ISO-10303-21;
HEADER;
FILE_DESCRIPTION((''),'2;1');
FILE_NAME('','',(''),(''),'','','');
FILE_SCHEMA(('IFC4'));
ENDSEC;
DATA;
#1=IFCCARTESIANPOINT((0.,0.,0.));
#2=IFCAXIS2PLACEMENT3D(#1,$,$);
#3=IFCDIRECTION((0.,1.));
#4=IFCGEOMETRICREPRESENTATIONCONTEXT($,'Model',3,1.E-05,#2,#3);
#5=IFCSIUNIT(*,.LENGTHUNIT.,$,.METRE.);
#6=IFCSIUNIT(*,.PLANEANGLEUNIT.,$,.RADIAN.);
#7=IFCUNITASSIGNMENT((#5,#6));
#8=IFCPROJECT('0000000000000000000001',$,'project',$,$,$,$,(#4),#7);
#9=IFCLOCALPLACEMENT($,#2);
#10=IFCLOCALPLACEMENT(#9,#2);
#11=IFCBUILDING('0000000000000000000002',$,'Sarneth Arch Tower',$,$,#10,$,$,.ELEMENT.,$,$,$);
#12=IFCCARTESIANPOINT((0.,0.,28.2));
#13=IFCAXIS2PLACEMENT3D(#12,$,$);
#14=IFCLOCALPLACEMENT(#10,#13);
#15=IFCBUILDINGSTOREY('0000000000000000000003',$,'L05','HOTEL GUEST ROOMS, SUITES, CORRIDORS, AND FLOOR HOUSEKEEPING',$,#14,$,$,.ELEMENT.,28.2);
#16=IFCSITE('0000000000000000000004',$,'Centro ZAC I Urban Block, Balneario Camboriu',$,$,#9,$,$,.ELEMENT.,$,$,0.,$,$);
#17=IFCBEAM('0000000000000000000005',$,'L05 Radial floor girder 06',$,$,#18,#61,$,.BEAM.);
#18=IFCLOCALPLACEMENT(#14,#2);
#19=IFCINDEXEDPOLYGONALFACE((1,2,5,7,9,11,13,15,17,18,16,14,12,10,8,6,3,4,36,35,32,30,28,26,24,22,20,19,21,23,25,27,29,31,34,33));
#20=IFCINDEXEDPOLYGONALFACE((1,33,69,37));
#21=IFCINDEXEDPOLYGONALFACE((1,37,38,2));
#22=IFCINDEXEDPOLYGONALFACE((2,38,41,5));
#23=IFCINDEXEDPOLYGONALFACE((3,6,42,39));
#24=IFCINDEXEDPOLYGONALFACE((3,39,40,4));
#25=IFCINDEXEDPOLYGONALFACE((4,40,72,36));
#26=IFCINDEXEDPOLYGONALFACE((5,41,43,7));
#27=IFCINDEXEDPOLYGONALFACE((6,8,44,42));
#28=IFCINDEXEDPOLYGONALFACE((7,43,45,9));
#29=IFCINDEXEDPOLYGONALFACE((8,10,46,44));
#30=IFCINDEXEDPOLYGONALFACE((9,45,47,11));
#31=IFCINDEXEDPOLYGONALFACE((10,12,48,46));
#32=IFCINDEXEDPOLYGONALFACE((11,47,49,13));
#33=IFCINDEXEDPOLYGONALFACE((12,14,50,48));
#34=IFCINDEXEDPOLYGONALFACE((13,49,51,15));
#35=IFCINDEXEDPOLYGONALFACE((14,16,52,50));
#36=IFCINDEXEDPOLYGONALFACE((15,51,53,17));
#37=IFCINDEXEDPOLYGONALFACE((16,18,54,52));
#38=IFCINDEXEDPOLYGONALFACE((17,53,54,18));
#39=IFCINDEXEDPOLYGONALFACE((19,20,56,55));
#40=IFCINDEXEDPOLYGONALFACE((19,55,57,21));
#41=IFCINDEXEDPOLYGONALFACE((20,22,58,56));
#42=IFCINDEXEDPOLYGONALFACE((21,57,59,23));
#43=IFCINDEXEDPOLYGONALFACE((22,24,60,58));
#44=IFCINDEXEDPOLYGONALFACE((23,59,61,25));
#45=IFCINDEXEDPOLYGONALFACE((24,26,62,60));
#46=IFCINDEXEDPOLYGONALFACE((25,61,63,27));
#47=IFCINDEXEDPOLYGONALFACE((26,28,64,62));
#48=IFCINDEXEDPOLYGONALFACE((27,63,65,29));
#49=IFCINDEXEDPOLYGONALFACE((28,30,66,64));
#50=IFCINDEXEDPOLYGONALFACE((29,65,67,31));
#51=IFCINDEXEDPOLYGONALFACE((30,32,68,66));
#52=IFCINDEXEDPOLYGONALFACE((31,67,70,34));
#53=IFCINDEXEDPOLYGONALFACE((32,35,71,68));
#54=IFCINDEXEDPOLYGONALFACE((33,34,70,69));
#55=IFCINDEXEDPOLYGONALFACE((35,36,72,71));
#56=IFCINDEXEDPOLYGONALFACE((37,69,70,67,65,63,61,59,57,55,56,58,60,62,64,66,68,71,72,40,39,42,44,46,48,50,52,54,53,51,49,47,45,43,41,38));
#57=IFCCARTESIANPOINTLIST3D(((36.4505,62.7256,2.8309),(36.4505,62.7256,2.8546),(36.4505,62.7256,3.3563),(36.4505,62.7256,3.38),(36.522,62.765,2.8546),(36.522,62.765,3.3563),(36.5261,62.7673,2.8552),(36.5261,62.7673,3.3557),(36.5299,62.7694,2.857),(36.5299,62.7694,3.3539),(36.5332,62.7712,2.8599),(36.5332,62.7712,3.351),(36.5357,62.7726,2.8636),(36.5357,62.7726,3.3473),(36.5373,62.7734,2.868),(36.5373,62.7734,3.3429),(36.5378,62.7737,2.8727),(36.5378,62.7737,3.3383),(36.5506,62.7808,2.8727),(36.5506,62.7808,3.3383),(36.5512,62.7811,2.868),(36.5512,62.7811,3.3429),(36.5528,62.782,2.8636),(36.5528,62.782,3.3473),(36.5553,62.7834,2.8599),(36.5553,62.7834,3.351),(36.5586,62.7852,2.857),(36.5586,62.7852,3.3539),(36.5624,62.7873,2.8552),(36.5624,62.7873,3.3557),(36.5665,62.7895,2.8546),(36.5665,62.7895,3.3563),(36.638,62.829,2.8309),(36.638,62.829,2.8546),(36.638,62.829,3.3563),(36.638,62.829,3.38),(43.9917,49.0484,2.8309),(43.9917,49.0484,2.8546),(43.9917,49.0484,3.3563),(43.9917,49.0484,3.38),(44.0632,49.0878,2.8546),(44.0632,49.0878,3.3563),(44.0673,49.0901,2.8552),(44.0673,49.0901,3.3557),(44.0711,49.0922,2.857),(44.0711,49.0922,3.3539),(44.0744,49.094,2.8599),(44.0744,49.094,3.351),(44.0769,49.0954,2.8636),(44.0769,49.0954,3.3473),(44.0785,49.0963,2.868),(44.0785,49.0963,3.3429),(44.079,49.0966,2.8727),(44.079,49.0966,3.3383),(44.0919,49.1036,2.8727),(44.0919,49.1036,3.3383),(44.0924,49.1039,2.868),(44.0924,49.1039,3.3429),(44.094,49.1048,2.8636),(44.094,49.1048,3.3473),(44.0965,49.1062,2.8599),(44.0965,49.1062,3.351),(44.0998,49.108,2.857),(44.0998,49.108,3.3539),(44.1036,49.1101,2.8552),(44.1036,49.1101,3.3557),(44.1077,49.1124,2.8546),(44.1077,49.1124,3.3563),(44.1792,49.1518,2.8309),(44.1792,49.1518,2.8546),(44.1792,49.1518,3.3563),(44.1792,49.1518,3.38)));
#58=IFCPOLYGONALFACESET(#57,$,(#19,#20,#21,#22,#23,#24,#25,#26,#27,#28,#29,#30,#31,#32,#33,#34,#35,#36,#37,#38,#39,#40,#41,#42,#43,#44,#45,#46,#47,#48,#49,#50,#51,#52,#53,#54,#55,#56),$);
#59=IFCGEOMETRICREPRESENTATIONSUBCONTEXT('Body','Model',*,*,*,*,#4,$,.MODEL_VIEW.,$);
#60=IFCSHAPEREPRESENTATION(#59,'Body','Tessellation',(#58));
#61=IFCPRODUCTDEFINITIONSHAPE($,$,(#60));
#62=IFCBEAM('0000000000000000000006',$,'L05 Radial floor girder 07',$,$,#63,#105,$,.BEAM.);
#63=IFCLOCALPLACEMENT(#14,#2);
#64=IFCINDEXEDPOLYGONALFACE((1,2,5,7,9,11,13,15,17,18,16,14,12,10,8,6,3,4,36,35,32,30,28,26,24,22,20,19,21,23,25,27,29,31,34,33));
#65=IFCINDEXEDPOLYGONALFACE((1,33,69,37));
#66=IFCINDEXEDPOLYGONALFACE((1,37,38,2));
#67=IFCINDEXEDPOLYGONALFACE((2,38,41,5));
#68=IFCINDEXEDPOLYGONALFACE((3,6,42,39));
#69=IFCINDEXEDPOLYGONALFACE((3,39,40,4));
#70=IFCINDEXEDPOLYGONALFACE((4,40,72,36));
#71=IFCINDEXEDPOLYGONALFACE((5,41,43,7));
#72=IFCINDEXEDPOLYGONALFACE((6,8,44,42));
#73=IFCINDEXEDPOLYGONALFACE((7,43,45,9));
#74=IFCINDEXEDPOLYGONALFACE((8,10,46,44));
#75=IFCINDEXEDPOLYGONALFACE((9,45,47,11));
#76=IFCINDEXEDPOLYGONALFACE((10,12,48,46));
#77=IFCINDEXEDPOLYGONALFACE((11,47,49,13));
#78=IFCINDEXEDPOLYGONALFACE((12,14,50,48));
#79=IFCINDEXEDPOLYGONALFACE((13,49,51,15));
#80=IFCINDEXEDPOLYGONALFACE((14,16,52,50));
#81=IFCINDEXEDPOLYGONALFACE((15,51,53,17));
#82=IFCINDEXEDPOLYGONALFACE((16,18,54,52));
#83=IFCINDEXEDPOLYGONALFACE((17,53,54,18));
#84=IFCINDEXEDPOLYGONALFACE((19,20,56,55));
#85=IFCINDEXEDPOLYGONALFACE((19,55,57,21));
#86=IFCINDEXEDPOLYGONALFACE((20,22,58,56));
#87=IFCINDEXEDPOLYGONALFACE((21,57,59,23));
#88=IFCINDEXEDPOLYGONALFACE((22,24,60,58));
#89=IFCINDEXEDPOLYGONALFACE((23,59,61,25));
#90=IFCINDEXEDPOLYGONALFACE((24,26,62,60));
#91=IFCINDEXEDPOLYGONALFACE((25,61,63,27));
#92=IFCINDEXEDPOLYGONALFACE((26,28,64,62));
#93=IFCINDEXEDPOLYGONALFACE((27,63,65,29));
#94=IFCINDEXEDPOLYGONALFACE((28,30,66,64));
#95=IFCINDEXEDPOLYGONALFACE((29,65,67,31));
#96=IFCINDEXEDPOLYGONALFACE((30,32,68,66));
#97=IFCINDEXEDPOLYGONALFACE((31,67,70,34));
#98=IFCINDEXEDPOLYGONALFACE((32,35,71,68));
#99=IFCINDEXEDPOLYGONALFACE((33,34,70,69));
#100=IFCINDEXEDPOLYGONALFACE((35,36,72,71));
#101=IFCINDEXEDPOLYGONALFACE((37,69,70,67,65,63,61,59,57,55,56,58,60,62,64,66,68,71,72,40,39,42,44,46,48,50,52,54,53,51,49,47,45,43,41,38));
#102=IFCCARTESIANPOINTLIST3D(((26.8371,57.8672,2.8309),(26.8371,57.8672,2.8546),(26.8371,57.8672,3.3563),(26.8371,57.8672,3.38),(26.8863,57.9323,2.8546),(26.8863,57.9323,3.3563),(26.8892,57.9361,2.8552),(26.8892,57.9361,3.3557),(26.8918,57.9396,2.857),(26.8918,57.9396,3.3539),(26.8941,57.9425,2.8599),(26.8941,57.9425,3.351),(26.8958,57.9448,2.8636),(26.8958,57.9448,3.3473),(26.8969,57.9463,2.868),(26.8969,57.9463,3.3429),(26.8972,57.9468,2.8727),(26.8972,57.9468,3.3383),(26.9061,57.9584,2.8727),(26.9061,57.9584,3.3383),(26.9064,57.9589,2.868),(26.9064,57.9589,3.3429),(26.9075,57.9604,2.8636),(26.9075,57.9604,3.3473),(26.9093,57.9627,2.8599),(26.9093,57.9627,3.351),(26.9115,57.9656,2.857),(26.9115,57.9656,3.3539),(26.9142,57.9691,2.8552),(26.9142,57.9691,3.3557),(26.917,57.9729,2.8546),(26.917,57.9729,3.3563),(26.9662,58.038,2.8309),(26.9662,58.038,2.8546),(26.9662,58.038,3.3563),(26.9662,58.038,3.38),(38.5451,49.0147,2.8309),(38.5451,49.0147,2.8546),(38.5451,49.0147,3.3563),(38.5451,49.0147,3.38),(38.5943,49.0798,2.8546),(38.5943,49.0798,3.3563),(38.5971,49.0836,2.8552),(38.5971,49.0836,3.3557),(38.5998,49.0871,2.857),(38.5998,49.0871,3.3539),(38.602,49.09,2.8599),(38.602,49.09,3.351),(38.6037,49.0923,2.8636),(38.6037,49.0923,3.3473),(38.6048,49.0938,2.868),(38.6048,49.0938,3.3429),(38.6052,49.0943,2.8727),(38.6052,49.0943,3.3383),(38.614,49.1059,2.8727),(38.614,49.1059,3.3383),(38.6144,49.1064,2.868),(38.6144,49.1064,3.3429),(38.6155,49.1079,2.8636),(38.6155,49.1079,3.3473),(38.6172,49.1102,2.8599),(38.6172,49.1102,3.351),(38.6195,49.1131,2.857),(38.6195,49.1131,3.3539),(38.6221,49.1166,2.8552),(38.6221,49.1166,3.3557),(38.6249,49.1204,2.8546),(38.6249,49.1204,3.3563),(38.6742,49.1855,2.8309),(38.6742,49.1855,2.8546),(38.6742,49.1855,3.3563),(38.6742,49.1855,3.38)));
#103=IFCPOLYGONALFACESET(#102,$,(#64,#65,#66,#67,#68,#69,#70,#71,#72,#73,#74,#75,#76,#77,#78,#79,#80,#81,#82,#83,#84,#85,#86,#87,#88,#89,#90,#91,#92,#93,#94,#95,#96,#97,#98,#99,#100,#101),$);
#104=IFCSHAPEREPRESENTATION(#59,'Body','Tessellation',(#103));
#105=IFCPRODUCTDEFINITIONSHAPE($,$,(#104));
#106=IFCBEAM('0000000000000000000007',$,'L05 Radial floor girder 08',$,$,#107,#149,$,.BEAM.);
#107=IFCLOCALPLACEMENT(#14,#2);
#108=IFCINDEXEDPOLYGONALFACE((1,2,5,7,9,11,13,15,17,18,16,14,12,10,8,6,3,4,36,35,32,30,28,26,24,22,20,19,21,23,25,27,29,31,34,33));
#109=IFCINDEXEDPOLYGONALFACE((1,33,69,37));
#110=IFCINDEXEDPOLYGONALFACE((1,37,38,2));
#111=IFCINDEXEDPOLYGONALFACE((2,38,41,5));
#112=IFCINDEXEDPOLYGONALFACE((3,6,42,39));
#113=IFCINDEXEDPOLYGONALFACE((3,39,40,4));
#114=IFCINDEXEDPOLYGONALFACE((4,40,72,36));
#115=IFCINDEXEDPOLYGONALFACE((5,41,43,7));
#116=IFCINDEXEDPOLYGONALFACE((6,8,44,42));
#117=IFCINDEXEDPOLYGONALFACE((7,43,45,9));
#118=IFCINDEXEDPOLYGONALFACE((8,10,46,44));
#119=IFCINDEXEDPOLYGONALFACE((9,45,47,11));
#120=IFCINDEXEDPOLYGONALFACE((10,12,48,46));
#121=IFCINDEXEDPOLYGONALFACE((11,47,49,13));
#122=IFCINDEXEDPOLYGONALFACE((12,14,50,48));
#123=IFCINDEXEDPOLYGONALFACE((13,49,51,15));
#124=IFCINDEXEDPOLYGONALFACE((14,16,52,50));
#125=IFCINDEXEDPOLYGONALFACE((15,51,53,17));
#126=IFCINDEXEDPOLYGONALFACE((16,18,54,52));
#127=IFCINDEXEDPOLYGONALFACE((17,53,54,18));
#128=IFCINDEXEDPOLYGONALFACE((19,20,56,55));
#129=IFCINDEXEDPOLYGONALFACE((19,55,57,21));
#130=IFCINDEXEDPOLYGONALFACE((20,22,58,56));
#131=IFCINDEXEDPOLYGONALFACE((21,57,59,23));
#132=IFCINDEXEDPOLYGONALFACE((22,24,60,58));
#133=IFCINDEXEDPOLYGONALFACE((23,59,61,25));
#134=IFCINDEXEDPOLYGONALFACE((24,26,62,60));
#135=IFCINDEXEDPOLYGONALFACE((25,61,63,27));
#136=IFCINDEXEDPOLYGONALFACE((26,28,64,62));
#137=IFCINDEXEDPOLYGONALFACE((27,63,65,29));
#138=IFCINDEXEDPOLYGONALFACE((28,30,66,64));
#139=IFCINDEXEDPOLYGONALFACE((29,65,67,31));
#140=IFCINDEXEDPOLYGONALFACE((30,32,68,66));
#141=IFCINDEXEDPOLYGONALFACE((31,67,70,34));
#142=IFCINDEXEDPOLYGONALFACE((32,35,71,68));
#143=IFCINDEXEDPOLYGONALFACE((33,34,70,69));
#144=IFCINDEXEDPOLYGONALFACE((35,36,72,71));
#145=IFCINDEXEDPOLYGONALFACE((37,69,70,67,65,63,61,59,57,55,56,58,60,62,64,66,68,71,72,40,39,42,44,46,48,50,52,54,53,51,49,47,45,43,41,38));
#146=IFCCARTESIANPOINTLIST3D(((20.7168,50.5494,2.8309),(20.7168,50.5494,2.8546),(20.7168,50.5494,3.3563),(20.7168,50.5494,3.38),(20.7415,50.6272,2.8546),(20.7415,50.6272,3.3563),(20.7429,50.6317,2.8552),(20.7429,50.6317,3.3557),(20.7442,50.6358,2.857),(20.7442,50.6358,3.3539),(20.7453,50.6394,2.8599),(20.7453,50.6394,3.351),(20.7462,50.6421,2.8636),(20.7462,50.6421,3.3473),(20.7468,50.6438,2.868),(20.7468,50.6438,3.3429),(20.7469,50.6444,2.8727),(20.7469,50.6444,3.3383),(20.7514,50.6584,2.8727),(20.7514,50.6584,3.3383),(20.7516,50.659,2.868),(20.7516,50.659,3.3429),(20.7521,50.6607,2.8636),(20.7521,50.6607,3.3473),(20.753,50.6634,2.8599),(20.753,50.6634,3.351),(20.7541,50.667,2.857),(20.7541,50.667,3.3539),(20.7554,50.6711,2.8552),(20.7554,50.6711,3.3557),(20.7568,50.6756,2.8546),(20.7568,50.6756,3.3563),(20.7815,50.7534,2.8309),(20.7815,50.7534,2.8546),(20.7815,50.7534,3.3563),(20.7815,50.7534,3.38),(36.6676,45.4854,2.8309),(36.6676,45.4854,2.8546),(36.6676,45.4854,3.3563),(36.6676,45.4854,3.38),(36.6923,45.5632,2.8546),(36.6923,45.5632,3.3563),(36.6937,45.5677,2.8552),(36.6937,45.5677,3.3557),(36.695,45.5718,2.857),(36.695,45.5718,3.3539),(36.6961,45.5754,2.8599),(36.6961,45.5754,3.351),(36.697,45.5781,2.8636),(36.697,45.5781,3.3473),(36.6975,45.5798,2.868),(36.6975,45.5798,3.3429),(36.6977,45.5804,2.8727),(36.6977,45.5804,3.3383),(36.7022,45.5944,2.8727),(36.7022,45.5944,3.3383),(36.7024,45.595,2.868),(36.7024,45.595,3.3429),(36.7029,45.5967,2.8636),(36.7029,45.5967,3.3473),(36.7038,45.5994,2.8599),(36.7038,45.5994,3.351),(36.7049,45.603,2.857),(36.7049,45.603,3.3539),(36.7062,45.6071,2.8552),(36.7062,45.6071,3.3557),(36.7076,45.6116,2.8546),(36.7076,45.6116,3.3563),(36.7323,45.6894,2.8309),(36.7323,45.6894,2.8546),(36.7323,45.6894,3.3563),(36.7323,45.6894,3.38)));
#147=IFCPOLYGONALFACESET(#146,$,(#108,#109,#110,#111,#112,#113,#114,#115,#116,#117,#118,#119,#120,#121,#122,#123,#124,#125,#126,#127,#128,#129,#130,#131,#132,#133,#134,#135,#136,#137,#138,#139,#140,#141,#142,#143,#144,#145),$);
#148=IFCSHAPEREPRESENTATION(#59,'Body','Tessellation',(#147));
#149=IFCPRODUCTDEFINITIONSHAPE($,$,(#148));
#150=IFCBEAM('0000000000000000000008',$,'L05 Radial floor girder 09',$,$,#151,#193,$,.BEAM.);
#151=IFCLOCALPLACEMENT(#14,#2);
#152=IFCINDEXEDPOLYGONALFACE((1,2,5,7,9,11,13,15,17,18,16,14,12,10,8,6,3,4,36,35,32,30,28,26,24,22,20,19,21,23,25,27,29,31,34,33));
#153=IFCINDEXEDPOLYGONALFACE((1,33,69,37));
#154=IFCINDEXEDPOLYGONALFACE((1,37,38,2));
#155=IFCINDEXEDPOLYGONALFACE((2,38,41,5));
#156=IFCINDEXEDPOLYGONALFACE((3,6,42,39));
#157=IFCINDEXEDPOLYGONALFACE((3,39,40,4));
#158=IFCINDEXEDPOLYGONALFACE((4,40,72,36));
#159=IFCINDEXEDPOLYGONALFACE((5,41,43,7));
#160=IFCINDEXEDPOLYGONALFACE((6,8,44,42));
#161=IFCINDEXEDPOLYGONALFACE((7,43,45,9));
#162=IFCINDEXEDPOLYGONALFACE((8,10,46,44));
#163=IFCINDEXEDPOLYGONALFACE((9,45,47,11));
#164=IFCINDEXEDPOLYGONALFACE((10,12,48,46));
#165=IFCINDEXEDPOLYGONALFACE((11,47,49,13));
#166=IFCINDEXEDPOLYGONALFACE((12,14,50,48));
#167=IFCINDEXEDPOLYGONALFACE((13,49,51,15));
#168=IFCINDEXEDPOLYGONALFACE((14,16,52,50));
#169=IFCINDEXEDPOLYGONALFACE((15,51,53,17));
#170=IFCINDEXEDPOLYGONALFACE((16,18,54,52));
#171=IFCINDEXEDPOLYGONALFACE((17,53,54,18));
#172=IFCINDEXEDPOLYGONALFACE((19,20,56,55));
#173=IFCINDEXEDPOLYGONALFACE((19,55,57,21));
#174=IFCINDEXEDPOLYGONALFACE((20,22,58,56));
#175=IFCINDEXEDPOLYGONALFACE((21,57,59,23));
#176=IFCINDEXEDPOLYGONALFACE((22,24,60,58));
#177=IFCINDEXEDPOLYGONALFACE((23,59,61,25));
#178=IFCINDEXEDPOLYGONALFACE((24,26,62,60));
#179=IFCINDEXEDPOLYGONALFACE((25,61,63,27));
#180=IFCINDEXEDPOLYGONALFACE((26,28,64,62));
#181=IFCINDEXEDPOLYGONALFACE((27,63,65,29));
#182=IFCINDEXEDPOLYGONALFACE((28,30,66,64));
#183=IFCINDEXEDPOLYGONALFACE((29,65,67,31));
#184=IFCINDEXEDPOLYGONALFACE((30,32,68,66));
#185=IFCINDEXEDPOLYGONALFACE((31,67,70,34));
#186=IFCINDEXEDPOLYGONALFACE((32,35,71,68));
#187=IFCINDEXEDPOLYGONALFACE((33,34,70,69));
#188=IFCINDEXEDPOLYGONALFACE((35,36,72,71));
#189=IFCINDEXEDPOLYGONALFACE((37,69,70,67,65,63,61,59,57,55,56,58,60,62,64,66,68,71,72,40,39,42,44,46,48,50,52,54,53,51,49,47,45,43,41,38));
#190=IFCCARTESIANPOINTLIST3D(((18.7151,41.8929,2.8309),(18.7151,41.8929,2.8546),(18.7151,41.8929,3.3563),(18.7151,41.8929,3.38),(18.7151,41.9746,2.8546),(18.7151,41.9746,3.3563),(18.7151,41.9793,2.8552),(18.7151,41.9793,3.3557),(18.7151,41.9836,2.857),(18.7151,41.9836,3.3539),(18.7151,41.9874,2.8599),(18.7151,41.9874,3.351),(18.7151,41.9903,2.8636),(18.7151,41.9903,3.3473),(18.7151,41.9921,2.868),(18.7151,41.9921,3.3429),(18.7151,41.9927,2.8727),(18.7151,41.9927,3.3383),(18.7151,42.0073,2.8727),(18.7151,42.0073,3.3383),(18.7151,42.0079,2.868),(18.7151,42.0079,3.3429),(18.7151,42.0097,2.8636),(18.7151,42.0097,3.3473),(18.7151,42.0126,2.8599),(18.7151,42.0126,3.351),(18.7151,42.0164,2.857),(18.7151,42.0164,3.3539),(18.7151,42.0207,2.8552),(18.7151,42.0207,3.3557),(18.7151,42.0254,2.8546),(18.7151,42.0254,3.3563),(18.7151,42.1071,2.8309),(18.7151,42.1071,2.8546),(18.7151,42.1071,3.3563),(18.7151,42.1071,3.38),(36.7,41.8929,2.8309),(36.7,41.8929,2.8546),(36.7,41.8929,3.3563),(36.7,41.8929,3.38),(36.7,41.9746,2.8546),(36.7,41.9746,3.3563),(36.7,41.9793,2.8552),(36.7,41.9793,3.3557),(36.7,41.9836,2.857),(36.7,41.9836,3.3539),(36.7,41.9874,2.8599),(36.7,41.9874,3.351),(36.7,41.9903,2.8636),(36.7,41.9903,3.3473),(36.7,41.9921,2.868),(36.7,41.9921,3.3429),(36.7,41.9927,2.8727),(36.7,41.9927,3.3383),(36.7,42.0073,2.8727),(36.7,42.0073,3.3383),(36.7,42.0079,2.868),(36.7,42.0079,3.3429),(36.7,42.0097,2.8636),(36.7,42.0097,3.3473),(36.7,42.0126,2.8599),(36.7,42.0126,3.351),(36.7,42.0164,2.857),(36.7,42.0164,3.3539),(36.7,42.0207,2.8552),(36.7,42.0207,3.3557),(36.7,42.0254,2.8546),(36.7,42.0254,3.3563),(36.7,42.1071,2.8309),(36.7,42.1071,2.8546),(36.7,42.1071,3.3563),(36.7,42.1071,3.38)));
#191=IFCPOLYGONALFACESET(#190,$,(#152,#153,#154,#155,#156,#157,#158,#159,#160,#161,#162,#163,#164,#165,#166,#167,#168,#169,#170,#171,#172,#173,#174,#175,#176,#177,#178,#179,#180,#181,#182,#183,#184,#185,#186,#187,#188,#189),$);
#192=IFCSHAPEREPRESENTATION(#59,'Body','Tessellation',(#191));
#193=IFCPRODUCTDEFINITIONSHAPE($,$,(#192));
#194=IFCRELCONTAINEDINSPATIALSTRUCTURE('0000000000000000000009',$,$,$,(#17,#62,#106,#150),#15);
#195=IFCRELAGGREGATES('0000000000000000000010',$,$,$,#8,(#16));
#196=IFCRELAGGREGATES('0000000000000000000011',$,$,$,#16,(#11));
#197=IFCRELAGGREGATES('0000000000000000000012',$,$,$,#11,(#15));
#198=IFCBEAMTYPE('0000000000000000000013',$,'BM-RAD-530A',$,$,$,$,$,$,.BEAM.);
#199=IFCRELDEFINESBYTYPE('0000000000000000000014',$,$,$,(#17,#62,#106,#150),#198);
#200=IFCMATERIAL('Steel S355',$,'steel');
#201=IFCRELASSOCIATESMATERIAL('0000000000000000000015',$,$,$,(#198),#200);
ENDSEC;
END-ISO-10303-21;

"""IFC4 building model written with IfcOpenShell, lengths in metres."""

from ifc_helpers import new_model, si_unit, direction, frame, origin, origin_2d, place, context, subcontext, project, spatial, i_section, extrude, material, material_profile, profile_set, type_object, element, save


model = new_model("IFC4")

# Units and contexts
model_context = context("Model", 3, precision=1e-05, world=origin(), true_north=direction((0.0, 1.0)))
body_context = subcontext(model_context, "Body", "Model", "MODEL_VIEW")
ifc_project = project(units=[si_unit("LENGTHUNIT", "METRE"), si_unit("PLANEANGLEUNIT", "RADIAN")], contexts=[model_context])

# Site, building, storey
site_placement = place(None, origin())
site = spatial("IfcSite", under=ifc_project, at=site_placement, Name="Centro ZAC I Urban Block, Balneario Camboriu", CompositionType="ELEMENT", RefElevation=0.0)
building_placement = place(site_placement, origin())
building = spatial("IfcBuilding", under=site, at=building_placement, Name="Sarneth Arch Tower", CompositionType="ELEMENT")
storey_placement = place(building_placement, frame((0.0, 0.0, 28.2)))
storey = spatial("IfcBuildingStorey", under=building, at=storey_placement, Name="L05", Description="HOTEL GUEST ROOMS, SUITES, CORRIDORS, AND FLOOR HOUSEKEEPING", CompositionType="ELEMENT", Elevation=28.2)

# Beams
ifc_material_1 = material(Name="Steel S355", Category="steel")
ifc_material_profile = material_profile(ifc_material_1, i_section(OverallWidth=0.2141, OverallDepth=0.5491, WebThickness=0.0146, FlangeThickness=0.0237, FilletRadius=0.0181, at=origin_2d()), Name="W530x138")
ifc_profile_set = profile_set([ifc_material_profile], Name="Steel S355")
beam_type = type_object("IfcBeamType", Name="BM-RAD-530A", PredefinedType="BEAM", material=ifc_profile_set)
beam_1_placement = place(storey_placement, frame((44.0854, 49.1001, 3.1055), z_axis=(-0.482841, 0.875708, 0.0), x_axis=(-0.875708, -0.482841, 0.0)))
element("IfcBeam", 1, at=beam_1_placement, inside=storey, type_object=beam_type, Name="L05 Radial floor girder 06", PredefinedType="BEAM", context=body_context, shape_type="SweptSolid", body=[
    extrude(i_section(OverallWidth=0.2141, OverallDepth=0.5491, WebThickness=0.0146, FlangeThickness=0.0237, FilletRadius=0.0181, at=origin_2d()), origin(), (0.0, 0.0, 1.0), 15.6184),
])
beam_2_placement = place(storey_placement, frame((38.6096, 49.1001, 3.1055), z_axis=(-0.797655, 0.603114, 0.0), x_axis=(-0.603114, -0.797655, 0.0)))
element("IfcBeam", 2, at=beam_2_placement, inside=storey, type_object=beam_type, Name="L05 Radial floor girder 07", PredefinedType="BEAM", context=body_context, shape_type="SweptSolid", body=[
    extrude(i_section(OverallWidth=0.2141, OverallDepth=0.5491, WebThickness=0.0146, FlangeThickness=0.0237, FilletRadius=0.0181, at=origin_2d()), origin(), (0.0, 0.0, 1.0), 14.678),
])
beam_3_placement = place(storey_placement, frame((36.7, 45.5874, 3.1055), z_axis=(-0.95312, 0.302593, 0.0), x_axis=(-0.302593, -0.95312, 0.0)))
element("IfcBeam", 3, at=beam_3_placement, inside=storey, type_object=beam_type, Name="L05 Radial floor girder 08", PredefinedType="BEAM", context=body_context, shape_type="SweptSolid", body=[
    extrude(i_section(OverallWidth=0.2141, OverallDepth=0.5491, WebThickness=0.0146, FlangeThickness=0.0237, FilletRadius=0.0181, at=origin_2d()), origin(), (0.0, 0.0, 1.0), 16.7354),
])
beam_4_placement = place(storey_placement, frame((36.7, 42.0, 3.1055), z_axis=(-1.0, 0.0, 0.0), x_axis=(0.0, -1.0, 0.0)))
element("IfcBeam", 4, at=beam_4_placement, inside=storey, type_object=beam_type, Name="L05 Radial floor girder 09", PredefinedType="BEAM", context=body_context, shape_type="SweptSolid", body=[
    extrude(i_section(OverallWidth=0.2141, OverallDepth=0.5491, WebThickness=0.0146, FlangeThickness=0.0237, FilletRadius=0.0181, at=origin_2d()), origin(), (0.0, 0.0, 1.0), 17.9849),
])

save(model, "model.ifc")
